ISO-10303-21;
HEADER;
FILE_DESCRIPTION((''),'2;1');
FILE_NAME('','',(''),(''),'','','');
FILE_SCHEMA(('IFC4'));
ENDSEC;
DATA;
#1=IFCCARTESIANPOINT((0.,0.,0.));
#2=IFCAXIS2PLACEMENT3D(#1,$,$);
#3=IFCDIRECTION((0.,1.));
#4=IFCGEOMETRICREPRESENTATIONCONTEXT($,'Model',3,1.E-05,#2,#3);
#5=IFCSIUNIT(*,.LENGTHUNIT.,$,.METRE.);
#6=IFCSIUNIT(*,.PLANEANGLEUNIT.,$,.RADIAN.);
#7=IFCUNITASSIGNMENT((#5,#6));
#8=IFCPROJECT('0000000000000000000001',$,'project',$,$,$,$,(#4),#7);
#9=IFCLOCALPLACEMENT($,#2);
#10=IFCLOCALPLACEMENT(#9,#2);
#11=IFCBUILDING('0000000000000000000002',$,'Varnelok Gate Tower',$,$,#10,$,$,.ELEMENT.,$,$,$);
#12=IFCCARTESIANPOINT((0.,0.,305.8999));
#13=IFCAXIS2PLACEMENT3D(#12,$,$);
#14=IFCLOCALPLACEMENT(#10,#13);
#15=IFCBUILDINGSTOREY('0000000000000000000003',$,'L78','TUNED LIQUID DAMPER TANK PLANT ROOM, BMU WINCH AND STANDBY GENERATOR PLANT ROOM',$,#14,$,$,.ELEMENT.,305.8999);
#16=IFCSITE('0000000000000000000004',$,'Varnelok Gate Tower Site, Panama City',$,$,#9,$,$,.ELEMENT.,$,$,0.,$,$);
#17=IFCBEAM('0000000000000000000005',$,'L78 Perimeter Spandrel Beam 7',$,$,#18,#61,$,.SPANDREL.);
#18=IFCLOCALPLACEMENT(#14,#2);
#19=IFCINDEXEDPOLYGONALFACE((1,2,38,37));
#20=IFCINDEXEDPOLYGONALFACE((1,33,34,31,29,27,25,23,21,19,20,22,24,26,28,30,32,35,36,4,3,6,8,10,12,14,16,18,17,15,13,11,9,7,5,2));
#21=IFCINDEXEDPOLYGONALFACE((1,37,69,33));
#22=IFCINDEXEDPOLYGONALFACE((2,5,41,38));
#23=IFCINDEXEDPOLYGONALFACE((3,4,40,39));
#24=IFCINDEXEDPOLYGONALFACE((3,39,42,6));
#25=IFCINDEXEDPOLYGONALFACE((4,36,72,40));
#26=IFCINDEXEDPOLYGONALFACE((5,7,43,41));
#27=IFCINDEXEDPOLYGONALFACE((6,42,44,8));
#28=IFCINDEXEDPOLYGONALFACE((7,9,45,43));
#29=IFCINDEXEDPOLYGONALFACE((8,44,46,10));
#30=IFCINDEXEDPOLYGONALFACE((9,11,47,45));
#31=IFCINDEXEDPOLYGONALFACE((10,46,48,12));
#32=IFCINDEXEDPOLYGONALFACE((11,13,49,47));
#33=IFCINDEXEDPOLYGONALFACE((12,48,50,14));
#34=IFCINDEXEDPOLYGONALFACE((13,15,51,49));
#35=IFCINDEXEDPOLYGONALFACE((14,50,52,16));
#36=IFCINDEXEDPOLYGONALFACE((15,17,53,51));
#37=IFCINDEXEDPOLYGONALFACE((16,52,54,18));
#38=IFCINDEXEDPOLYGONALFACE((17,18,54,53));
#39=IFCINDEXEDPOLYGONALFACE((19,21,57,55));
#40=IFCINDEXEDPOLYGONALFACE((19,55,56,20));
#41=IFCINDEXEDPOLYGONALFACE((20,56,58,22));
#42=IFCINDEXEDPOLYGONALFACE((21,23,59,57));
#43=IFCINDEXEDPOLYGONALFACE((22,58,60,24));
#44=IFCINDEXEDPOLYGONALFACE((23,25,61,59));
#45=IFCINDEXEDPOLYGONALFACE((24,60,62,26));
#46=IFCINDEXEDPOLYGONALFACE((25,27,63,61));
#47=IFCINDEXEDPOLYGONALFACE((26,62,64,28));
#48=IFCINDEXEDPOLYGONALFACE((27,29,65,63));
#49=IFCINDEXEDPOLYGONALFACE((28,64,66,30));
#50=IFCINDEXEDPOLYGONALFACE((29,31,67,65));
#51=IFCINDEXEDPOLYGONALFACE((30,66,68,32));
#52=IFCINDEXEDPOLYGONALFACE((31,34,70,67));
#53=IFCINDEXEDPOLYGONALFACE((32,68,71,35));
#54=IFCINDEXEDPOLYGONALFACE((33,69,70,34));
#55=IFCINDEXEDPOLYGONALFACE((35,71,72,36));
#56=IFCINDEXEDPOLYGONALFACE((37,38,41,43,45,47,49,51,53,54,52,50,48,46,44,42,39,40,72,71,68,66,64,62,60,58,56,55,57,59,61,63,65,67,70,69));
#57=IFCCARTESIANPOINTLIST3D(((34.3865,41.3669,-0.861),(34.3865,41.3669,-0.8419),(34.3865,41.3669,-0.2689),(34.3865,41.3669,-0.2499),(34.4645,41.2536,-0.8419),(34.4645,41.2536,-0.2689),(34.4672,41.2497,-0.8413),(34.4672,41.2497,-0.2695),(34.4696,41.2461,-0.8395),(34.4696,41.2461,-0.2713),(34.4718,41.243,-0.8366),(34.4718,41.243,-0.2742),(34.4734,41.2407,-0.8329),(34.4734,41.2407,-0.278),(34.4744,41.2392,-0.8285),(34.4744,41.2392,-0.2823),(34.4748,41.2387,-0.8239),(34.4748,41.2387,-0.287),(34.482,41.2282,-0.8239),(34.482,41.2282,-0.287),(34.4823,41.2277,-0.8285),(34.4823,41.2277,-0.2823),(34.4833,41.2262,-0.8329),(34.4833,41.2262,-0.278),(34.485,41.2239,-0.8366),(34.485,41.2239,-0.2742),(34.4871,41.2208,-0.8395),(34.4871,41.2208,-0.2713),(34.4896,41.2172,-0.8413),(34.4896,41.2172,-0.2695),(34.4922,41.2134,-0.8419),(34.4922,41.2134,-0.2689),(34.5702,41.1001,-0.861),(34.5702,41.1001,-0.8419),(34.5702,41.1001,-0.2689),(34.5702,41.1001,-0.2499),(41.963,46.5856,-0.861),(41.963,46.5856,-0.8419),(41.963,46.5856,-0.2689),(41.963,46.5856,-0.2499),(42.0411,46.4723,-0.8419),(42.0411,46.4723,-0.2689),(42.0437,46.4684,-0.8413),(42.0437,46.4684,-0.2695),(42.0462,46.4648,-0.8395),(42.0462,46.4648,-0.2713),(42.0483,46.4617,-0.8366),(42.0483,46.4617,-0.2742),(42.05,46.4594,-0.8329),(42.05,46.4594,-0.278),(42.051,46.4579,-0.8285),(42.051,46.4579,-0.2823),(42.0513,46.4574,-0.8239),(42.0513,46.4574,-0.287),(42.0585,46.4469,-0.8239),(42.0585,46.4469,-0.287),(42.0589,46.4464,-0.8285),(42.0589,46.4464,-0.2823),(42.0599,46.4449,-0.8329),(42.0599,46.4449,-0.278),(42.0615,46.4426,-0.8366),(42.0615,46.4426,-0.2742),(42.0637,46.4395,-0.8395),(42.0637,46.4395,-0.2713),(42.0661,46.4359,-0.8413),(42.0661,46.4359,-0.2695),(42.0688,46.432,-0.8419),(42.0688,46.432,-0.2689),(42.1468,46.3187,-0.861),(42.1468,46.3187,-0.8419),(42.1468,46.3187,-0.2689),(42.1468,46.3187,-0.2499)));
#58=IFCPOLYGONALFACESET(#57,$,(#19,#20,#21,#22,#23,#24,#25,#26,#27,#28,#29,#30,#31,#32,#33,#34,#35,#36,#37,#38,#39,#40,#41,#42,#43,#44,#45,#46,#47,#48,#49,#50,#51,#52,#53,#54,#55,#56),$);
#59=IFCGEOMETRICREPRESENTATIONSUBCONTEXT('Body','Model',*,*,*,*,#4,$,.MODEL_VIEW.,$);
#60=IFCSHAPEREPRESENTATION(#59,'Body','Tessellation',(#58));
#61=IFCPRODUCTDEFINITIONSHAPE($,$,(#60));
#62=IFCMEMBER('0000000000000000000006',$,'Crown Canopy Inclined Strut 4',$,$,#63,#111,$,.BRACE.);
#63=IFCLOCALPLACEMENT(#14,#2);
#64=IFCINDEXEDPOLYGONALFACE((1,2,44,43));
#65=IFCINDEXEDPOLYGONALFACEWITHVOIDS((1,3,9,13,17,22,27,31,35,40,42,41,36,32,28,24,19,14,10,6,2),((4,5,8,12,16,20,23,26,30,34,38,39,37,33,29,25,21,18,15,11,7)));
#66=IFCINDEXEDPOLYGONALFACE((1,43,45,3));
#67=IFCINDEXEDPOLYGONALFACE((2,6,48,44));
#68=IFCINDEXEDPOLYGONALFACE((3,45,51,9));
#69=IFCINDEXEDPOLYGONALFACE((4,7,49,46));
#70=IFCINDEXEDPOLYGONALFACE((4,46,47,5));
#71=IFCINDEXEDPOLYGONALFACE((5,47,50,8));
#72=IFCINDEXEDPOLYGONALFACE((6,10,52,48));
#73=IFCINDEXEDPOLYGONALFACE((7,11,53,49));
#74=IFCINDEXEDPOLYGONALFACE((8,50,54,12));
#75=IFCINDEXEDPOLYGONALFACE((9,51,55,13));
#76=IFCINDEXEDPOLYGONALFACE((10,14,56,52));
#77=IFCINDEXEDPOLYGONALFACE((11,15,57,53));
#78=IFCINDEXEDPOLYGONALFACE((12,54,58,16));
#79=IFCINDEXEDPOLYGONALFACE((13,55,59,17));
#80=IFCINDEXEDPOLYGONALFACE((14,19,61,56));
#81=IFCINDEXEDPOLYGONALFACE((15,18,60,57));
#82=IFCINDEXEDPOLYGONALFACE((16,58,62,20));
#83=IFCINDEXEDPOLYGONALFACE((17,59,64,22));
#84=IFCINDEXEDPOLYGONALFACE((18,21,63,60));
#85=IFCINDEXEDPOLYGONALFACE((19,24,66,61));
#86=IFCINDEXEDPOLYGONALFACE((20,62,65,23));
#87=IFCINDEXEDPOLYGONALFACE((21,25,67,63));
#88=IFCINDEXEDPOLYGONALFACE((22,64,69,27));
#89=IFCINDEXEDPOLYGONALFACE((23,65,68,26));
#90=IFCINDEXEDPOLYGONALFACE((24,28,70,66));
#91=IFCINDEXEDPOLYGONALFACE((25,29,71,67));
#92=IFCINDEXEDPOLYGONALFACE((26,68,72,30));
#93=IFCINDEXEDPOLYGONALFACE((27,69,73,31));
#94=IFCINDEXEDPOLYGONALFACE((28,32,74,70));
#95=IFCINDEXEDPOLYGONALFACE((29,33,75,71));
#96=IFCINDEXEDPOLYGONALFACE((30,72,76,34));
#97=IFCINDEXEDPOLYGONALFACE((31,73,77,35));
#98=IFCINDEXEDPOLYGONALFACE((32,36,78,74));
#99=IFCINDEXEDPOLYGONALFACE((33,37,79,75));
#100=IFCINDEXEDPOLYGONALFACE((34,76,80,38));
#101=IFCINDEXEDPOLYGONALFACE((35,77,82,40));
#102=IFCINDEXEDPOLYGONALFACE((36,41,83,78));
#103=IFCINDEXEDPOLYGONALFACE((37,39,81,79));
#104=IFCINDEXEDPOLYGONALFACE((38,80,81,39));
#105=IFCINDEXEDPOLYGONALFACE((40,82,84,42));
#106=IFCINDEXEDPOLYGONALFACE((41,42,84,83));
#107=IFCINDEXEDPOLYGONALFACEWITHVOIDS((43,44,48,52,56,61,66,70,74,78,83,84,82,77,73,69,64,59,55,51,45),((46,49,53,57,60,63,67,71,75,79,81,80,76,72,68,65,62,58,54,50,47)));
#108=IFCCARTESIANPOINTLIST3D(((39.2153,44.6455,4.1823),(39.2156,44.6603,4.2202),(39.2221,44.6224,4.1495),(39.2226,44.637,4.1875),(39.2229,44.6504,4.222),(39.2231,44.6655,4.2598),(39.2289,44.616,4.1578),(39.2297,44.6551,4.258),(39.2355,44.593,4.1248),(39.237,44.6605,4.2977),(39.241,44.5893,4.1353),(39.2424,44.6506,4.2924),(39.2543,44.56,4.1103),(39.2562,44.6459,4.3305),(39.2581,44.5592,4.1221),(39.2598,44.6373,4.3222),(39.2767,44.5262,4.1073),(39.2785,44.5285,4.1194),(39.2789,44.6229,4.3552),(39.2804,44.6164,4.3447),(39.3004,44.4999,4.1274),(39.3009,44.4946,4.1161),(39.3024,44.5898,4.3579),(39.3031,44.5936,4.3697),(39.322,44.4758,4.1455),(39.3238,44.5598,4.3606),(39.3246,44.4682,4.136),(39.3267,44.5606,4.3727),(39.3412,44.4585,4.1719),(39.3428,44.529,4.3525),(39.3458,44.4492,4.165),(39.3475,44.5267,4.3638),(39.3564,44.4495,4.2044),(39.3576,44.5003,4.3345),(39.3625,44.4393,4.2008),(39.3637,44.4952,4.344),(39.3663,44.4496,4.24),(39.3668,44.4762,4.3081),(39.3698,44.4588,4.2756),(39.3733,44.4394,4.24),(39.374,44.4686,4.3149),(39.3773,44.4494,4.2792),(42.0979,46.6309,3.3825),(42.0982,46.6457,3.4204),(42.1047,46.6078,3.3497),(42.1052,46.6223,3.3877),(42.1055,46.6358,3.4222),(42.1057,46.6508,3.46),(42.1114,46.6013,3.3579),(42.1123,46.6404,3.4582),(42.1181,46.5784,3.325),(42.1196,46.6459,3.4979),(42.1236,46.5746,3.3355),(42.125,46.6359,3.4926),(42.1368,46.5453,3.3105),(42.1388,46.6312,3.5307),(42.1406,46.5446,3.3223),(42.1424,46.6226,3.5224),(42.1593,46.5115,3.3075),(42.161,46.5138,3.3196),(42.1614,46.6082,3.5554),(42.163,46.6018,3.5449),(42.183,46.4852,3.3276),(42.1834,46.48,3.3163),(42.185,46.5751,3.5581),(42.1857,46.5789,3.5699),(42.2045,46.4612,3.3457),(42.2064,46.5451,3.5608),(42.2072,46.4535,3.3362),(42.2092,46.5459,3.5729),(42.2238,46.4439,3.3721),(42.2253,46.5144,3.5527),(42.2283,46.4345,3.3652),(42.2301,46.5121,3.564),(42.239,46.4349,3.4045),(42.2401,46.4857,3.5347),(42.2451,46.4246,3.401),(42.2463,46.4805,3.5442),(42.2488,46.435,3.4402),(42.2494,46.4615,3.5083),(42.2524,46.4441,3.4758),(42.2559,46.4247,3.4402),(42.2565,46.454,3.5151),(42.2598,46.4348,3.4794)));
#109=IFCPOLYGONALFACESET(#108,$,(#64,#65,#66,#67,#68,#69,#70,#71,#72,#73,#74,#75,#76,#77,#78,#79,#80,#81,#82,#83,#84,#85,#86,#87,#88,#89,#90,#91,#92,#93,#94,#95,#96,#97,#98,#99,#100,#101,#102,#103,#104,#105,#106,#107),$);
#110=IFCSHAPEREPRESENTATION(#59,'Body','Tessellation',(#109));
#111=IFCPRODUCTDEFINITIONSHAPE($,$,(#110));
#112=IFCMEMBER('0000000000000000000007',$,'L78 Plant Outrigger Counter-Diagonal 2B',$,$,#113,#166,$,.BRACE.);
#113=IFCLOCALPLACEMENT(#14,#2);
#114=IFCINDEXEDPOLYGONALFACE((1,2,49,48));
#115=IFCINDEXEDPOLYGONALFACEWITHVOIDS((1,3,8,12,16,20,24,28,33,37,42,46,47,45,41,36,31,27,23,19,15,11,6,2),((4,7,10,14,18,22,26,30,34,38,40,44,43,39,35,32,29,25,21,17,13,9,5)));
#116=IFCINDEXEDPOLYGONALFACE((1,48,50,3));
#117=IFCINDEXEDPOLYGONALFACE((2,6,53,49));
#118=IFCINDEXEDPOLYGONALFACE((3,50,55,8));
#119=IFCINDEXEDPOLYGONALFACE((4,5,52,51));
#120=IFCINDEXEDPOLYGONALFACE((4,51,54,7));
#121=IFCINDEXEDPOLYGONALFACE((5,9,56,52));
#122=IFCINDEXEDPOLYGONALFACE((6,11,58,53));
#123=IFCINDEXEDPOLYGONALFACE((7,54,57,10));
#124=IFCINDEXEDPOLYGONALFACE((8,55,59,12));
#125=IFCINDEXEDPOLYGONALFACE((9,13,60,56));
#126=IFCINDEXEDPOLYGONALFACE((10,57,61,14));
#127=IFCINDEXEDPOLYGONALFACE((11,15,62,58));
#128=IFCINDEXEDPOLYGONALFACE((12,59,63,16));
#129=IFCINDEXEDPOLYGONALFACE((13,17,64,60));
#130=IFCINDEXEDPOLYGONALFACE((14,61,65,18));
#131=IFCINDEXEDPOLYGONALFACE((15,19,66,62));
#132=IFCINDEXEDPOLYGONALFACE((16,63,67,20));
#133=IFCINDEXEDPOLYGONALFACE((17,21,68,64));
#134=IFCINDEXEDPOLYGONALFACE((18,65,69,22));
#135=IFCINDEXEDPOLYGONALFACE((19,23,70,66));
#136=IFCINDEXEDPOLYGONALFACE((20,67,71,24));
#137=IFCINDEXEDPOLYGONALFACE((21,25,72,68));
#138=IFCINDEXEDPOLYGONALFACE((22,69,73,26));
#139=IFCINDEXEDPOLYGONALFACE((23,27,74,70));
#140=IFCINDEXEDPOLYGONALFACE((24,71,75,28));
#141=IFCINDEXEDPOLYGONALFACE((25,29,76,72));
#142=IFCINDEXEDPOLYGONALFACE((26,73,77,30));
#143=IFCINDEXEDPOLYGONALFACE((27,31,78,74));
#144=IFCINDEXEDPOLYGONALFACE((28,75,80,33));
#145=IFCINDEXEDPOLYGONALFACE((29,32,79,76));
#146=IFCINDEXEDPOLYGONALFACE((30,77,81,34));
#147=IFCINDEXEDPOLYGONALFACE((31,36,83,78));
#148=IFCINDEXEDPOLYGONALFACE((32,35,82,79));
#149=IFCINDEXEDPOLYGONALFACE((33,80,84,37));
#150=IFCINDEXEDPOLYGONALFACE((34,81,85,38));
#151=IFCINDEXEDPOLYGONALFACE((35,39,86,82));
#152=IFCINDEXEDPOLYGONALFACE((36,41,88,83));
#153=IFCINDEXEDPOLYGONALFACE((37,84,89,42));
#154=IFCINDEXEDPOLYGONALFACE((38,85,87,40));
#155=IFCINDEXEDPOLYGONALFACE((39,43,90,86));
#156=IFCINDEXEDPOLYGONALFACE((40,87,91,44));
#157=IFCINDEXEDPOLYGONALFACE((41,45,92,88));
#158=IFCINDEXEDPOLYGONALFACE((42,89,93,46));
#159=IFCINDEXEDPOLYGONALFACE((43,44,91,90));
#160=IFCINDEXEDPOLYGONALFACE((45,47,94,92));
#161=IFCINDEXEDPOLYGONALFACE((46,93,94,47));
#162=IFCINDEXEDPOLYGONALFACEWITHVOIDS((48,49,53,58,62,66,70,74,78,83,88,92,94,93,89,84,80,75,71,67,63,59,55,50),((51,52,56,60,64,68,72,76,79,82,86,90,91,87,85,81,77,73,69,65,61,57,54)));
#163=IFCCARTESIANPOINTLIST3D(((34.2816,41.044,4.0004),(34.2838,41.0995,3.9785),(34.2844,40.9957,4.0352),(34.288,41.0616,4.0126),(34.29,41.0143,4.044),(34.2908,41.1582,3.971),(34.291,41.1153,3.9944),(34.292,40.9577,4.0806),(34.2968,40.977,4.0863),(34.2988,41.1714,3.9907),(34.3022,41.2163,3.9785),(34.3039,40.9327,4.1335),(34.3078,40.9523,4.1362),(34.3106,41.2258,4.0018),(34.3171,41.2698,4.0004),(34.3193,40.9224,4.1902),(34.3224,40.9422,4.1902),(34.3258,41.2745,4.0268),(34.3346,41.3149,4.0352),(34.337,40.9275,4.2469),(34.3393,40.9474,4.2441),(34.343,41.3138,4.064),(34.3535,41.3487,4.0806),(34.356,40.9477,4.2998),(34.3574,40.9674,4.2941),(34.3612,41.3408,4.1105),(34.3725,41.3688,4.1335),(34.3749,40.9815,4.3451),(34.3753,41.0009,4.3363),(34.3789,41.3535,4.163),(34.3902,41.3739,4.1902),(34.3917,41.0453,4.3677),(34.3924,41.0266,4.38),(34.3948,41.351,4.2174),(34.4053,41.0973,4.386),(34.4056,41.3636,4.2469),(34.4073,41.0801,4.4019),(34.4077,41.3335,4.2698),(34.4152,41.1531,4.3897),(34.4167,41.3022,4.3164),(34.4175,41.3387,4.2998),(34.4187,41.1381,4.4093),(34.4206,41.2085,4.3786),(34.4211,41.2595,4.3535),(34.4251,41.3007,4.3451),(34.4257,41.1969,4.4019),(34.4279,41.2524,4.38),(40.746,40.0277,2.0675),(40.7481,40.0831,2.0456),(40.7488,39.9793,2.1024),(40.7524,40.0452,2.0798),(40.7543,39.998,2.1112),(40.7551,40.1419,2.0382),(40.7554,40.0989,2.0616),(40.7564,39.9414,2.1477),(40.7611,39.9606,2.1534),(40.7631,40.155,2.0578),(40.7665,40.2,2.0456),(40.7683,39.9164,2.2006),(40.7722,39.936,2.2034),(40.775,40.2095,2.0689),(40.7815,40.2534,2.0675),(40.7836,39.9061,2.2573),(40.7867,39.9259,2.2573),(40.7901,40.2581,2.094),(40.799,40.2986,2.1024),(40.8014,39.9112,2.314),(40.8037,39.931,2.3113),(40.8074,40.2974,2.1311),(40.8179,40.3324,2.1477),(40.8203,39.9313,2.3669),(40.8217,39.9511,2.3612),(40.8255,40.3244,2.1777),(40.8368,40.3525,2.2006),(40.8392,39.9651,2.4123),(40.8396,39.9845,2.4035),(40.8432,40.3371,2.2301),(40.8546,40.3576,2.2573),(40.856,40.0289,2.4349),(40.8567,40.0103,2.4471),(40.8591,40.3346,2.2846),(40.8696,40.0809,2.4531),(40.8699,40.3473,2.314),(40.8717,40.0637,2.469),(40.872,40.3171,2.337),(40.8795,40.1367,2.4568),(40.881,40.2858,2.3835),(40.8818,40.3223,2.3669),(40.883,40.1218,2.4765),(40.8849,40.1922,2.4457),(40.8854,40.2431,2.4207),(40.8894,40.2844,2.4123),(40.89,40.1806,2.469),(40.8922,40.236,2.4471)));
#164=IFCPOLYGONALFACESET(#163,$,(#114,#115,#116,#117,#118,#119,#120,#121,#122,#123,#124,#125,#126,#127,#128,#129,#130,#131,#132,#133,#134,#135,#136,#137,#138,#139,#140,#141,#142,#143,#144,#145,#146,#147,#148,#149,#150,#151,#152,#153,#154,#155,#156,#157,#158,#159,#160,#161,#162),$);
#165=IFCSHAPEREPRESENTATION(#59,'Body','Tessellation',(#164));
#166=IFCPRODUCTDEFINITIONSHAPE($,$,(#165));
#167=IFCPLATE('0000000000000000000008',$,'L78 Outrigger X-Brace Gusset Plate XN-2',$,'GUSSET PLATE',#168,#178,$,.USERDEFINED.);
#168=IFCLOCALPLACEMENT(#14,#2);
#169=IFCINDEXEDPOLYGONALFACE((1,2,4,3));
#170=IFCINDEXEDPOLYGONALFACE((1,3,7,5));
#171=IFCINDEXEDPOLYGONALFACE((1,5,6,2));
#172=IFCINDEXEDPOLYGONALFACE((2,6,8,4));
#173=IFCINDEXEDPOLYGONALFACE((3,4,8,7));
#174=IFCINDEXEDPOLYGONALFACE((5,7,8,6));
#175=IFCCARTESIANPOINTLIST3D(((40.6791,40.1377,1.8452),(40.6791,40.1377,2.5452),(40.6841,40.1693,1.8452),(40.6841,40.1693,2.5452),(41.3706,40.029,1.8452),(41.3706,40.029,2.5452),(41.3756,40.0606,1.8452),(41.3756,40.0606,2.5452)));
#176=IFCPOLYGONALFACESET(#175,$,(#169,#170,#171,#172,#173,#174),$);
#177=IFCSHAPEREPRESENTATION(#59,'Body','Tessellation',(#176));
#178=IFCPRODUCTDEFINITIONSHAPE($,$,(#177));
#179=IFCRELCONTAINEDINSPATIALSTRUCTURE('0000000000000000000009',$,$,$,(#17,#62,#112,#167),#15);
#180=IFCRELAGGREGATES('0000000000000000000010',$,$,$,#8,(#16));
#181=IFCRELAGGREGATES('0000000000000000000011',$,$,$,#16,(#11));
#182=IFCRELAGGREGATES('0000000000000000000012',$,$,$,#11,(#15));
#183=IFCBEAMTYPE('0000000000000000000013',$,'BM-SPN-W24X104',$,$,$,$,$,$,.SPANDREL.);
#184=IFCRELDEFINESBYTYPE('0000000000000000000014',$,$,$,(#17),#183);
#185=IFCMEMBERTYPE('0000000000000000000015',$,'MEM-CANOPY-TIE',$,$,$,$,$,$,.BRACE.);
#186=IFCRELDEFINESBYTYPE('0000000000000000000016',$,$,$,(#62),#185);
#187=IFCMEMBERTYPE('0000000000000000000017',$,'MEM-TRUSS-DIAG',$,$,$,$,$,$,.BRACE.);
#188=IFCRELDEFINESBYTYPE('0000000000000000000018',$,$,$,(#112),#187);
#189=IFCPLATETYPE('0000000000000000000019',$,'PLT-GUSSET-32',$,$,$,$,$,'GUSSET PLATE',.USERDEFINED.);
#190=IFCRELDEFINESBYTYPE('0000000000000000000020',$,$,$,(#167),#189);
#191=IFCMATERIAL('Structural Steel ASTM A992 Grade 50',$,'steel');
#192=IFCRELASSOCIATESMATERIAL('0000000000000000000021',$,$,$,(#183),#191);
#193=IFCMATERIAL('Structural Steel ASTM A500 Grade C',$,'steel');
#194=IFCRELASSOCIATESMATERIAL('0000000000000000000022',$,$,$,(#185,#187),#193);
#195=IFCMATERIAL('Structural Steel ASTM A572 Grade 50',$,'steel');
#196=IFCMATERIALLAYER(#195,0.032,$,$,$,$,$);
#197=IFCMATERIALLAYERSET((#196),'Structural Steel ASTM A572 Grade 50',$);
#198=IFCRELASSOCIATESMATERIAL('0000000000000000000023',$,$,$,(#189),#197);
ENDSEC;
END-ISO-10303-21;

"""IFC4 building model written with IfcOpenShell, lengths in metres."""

from ifc_helpers import new_model, si_unit, direction, frame, origin, origin_2d, place, context, subcontext, project, spatial, rectangle, hollow_circle, i_section, extrude, source, transform, mapped, material, layer, layer_set, material_profile, profile_set, type_object, element, save


model = new_model("IFC4")

# Units and contexts
model_context = context("Model", 3, precision=1e-05, world=origin(), true_north=direction((0.0, 1.0)))
body_context = subcontext(model_context, "Body", "Model", "MODEL_VIEW")
ifc_project = project(units=[si_unit("LENGTHUNIT", "METRE"), si_unit("PLANEANGLEUNIT", "RADIAN")], contexts=[model_context])

# Site, building, storey
site_placement = place(None, origin())
site = spatial("IfcSite", under=ifc_project, at=site_placement, Name="Varnelok Gate Tower Site, Panama City", CompositionType="ELEMENT", RefElevation=0.0)
building_placement = place(site_placement, origin())
building = spatial("IfcBuilding", under=site, at=building_placement, Name="Varnelok Gate Tower", CompositionType="ELEMENT")
storey_placement = place(building_placement, frame((0.0, 0.0, 305.8999)))
storey = spatial("IfcBuildingStorey", under=building, at=storey_placement, Name="L78", Description="TUNED LIQUID DAMPER TANK PLANT ROOM, BMU WINCH AND STANDBY GENERATOR PLANT ROOM", CompositionType="ELEMENT", Elevation=305.8999)

# Shared definitions
ifc_material_1 = material(Name="Structural Steel ASTM A992 Grade 50", Category="steel")

# Beam
ifc_material_profile_1 = material_profile(ifc_material_1, i_section(OverallWidth=0.324, OverallDepth=0.6111, WebThickness=0.0127, FlangeThickness=0.019, FilletRadius=0.0181, at=origin_2d()), Name="W24X104")
ifc_profile_set_1 = profile_set([ifc_material_profile_1], Name="Structural Steel ASTM A992 Grade 50")
beam_type_1 = type_object("IfcBeamType", Name="BM-SPN-W24X104", PredefinedType="SPANDREL", material=ifc_profile_set_1)
beam_1_placement = place(storey_placement, frame((42.0549, 46.4521, -0.5554), z_axis=(-0.823545, -0.567252, 0.0), x_axis=(0.567252, -0.823545, 0.0)))
element("IfcBeam", 1, at=beam_1_placement, inside=storey, type_object=beam_type_1, Name="L78 Perimeter Spandrel Beam 7", PredefinedType="SPANDREL", context=body_context, shape_type="SweptSolid", body=[
    extrude(i_section(OverallWidth=0.324, OverallDepth=0.6111, WebThickness=0.0127, FlangeThickness=0.019, FilletRadius=0.0181, at=origin_2d()), origin(), (0.0, 0.0, 1.0), 9.2),
])

# Members
ifc_material_2 = material(Name="Structural Steel ASTM A500 Grade C", Category="steel")
ifc_material_profile_2 = material_profile(ifc_material_2, hollow_circle(Radius=0.1365, WallThickness=0.0125, at=origin_2d()), Name="CHS273X12")
ifc_profile_set_2 = profile_set([ifc_material_profile_2], Name="Structural Steel ASTM A500 Grade C")
member_type_1 = type_object("IfcMemberType", Name="MEM-CANOPY-TIE", PredefinedType="BRACE", material=ifc_profile_set_2)
member_1_placement = place(storey_placement, frame((42.1785, 46.5371, 3.4402), z_axis=(-0.802869, -0.552971, 0.222766), x_axis=(0.567224, -0.823563, 0.0)))
element("IfcMember", 2, at=member_1_placement, inside=storey, type_object=member_type_1, Name="Crown Canopy Inclined Strut 4", PredefinedType="BRACE", context=body_context, shape_type="SweptSolid", body=[
    extrude(hollow_circle(Radius=0.1365, WallThickness=0.0125, at=origin_2d()), origin(), (0.0, 0.0, 1.0), 3.5903),
])
ifc_material_profile_3 = material_profile(ifc_material_2, hollow_circle(Radius=0.2285, WallThickness=0.02, at=origin_2d()), Name="CHS457X20")
ifc_profile_set_3 = profile_set([ifc_material_profile_3], Name="Structural Steel ASTM A500 Grade C")
member_type_2 = type_object("IfcMemberType", Name="MEM-TRUSS-DIAG", PredefinedType="BRACE", material=ifc_profile_set_3)
member_2_placement = place(storey_placement, frame((40.8191, 40.1318, 2.2573), z_axis=(-0.9474, 0.148955, 0.283275), x_axis=(-0.155317, -0.987865, 0.0)))
element("IfcMember", 3, at=member_2_placement, inside=storey, type_object=member_type_2, Name="L78 Plant Outrigger Counter-Diagonal 2B", PredefinedType="BRACE", context=body_context, shape_type="SweptSolid", body=[
    extrude(hollow_circle(Radius=0.2285, WallThickness=0.02, at=origin_2d()), origin(), (0.0, 0.0, 1.0), 6.8232),
])

# Plate
ifc_material_3 = material(Name="Structural Steel ASTM A572 Grade 50", Category="steel")
ifc_layer_1 = layer(ifc_material_3, 0.032)
ifc_layer_set_1 = layer_set([ifc_layer_1], Name="Structural Steel ASTM A572 Grade 50")
plate_type_1 = type_object("IfcPlateType", Name="PLT-GUSSET-32", ElementType="GUSSET PLATE", PredefinedType="USERDEFINED", material=ifc_layer_set_1)
shared_shape_1 = source(origin(), body_context, "Body", "SweptSolid", [
    extrude(rectangle(XDim=0.7, YDim=0.032, at=origin_2d()), origin(), (0.0, 0.0, 1.0), 0.7),
])
plate_placement = place(storey_placement, frame((41.0273, 40.0991, 1.8452), z_axis=(0.0, 0.0, 1.0), x_axis=(-0.987865, 0.155314, 0.0)))
element("IfcPlate", 4, at=plate_placement, inside=storey, type_object=plate_type_1, Name="L78 Outrigger X-Brace Gusset Plate XN-2", ObjectType="GUSSET PLATE", PredefinedType="USERDEFINED", context=body_context, shape_type="MappedRepresentation", body=[
    mapped(shared_shape_1, transform((0.0, 0.0, 0.0), scale=1.0)),
])

save(model, "model.ifc")
